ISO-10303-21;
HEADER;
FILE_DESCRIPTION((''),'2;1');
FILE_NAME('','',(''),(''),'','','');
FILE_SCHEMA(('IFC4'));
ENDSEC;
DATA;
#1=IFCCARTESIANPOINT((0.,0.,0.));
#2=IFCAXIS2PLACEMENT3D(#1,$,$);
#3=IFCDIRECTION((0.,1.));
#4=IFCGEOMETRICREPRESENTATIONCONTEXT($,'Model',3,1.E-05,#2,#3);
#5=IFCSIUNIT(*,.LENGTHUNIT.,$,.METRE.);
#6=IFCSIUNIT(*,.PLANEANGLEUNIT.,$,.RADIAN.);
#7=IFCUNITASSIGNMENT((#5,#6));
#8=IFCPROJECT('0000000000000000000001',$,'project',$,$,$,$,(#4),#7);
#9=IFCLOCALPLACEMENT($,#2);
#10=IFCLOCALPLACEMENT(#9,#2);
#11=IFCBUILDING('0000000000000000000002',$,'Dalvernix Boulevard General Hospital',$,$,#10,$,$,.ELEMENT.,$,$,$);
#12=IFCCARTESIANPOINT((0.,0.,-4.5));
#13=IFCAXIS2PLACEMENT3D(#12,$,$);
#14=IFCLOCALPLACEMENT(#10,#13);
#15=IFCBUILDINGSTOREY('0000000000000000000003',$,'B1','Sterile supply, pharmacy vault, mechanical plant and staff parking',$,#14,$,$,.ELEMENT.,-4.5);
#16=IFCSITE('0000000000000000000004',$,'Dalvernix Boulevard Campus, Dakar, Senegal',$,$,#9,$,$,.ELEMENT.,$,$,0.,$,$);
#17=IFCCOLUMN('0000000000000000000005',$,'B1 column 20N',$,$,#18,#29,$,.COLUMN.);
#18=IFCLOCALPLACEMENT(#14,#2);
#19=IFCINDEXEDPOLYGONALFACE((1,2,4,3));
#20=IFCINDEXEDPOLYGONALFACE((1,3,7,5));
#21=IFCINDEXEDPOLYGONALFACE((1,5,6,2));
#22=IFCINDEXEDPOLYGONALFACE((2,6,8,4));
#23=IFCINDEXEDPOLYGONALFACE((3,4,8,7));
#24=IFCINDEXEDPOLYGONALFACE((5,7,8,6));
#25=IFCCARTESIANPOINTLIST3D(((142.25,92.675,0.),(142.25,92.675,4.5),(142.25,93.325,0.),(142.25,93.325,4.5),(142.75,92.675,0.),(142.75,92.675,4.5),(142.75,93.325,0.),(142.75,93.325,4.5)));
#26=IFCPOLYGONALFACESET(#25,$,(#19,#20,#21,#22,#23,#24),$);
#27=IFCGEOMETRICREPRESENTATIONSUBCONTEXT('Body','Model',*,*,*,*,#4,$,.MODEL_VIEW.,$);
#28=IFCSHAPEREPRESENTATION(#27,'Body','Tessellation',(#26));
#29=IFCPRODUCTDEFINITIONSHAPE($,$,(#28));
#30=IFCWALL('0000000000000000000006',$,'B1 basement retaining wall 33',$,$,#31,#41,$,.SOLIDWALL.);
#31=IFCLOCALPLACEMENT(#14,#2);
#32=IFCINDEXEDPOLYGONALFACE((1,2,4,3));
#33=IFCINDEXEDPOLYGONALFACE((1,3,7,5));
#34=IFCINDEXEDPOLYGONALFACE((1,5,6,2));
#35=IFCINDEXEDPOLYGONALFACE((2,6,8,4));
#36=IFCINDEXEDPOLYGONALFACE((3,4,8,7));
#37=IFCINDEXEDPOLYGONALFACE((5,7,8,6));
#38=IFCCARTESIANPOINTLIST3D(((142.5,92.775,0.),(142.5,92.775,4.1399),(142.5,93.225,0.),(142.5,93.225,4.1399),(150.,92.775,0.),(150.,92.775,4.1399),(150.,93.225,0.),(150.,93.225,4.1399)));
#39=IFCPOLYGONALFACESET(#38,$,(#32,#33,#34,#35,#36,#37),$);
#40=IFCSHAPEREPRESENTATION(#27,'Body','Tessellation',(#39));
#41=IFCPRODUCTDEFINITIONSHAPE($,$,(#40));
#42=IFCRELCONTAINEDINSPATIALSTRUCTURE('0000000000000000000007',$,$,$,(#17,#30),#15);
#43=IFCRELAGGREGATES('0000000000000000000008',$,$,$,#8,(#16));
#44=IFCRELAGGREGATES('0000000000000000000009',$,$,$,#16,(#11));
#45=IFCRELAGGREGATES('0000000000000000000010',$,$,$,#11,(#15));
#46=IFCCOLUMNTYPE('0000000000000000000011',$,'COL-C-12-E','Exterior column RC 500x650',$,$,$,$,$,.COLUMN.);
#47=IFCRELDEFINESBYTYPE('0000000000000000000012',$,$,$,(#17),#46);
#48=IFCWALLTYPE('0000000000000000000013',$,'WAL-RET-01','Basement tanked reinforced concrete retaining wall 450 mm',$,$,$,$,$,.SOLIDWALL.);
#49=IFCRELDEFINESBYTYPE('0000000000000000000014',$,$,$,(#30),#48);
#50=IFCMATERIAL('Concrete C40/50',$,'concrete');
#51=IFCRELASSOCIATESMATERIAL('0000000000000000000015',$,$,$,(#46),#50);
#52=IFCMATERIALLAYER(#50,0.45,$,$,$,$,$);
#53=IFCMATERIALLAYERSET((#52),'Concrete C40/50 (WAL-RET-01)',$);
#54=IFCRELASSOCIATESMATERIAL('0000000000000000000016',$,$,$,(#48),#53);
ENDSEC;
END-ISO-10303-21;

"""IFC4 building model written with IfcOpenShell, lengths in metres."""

from ifc_helpers import new_model, si_unit, direction, frame, frame_2d, origin, origin_2d, place, context, subcontext, project, spatial, rectangle, extrude, material, layer, layer_set, material_profile, profile_set, type_object, element, save


model = new_model("IFC4")

# Units and contexts
model_context = context("Model", 3, precision=1e-05, world=origin(), true_north=direction((0.0, 1.0)))
body_context = subcontext(model_context, "Body", "Model", "MODEL_VIEW")
ifc_project = project(units=[si_unit("LENGTHUNIT", "METRE"), si_unit("PLANEANGLEUNIT", "RADIAN")], contexts=[model_context])

# Site, building, storey
site_placement = place(None, origin())
site = spatial("IfcSite", under=ifc_project, at=site_placement, Name="Dalvernix Boulevard Campus, Dakar, Senegal", CompositionType="ELEMENT", RefElevation=0.0)
building_placement = place(site_placement, origin())
building = spatial("IfcBuilding", under=site, at=building_placement, Name="Dalvernix Boulevard General Hospital", CompositionType="ELEMENT")
storey_placement = place(building_placement, frame((0.0, 0.0, -4.5)))
storey = spatial("IfcBuildingStorey", under=building, at=storey_placement, Name="B1", Description="Sterile supply, pharmacy vault, mechanical plant and staff parking", CompositionType="ELEMENT", Elevation=-4.5)

# Shared definitions
ifc_material_1 = material(Name="Concrete C40/50", Category="concrete")

# Column
ifc_material_profile_1 = material_profile(ifc_material_1, rectangle(XDim=0.5, YDim=0.6499, at=origin_2d()), Name="RC 500x650")
ifc_profile_set_1 = profile_set([ifc_material_profile_1], Name="Concrete C40/50")
column_type_1 = type_object("IfcColumnType", Name="COL-C-12-E", Description="Exterior column RC 500x650", PredefinedType="COLUMN", material=ifc_profile_set_1)
column_1_placement = place(storey_placement, frame((142.5, 93.0, 0.0), z_axis=(0.0, 0.0, 1.0), x_axis=(1.0, 0.0, 0.0)))
element("IfcColumn", 1, at=column_1_placement, inside=storey, type_object=column_type_1, Name="B1 column 20N", PredefinedType="COLUMN", context=body_context, shape_type="SweptSolid", body=[
    extrude(rectangle(XDim=0.5, YDim=0.6499, at=origin_2d()), origin(), (0.0, 0.0, 1.0), 4.5),
])

# Wall
ifc_layer = layer(ifc_material_1, 0.45)
ifc_layer_set = layer_set([ifc_layer], Name="Concrete C40/50 (WAL-RET-01)")
wall_type = type_object("IfcWallType", Name="WAL-RET-01", Description="Basement tanked reinforced concrete retaining wall 450 mm", PredefinedType="SOLIDWALL", material=ifc_layer_set)
wall_placement = place(storey_placement, frame((142.5, 93.0, 0.0), z_axis=(0.0, 0.0, 1.0), x_axis=(1.0, 0.0, 0.0)))
element("IfcWall", 2, at=wall_placement, inside=storey, type_object=wall_type, Name="B1 basement retaining wall 33", PredefinedType="SOLIDWALL", context=body_context, shape_type="SweptSolid", body=[
    extrude(rectangle(XDim=7.5, YDim=0.45, at=frame_2d((3.75, 0.0))), origin(), (0.0, 0.0, 1.0), 4.1399),
])

save(model, "model.ifc")
